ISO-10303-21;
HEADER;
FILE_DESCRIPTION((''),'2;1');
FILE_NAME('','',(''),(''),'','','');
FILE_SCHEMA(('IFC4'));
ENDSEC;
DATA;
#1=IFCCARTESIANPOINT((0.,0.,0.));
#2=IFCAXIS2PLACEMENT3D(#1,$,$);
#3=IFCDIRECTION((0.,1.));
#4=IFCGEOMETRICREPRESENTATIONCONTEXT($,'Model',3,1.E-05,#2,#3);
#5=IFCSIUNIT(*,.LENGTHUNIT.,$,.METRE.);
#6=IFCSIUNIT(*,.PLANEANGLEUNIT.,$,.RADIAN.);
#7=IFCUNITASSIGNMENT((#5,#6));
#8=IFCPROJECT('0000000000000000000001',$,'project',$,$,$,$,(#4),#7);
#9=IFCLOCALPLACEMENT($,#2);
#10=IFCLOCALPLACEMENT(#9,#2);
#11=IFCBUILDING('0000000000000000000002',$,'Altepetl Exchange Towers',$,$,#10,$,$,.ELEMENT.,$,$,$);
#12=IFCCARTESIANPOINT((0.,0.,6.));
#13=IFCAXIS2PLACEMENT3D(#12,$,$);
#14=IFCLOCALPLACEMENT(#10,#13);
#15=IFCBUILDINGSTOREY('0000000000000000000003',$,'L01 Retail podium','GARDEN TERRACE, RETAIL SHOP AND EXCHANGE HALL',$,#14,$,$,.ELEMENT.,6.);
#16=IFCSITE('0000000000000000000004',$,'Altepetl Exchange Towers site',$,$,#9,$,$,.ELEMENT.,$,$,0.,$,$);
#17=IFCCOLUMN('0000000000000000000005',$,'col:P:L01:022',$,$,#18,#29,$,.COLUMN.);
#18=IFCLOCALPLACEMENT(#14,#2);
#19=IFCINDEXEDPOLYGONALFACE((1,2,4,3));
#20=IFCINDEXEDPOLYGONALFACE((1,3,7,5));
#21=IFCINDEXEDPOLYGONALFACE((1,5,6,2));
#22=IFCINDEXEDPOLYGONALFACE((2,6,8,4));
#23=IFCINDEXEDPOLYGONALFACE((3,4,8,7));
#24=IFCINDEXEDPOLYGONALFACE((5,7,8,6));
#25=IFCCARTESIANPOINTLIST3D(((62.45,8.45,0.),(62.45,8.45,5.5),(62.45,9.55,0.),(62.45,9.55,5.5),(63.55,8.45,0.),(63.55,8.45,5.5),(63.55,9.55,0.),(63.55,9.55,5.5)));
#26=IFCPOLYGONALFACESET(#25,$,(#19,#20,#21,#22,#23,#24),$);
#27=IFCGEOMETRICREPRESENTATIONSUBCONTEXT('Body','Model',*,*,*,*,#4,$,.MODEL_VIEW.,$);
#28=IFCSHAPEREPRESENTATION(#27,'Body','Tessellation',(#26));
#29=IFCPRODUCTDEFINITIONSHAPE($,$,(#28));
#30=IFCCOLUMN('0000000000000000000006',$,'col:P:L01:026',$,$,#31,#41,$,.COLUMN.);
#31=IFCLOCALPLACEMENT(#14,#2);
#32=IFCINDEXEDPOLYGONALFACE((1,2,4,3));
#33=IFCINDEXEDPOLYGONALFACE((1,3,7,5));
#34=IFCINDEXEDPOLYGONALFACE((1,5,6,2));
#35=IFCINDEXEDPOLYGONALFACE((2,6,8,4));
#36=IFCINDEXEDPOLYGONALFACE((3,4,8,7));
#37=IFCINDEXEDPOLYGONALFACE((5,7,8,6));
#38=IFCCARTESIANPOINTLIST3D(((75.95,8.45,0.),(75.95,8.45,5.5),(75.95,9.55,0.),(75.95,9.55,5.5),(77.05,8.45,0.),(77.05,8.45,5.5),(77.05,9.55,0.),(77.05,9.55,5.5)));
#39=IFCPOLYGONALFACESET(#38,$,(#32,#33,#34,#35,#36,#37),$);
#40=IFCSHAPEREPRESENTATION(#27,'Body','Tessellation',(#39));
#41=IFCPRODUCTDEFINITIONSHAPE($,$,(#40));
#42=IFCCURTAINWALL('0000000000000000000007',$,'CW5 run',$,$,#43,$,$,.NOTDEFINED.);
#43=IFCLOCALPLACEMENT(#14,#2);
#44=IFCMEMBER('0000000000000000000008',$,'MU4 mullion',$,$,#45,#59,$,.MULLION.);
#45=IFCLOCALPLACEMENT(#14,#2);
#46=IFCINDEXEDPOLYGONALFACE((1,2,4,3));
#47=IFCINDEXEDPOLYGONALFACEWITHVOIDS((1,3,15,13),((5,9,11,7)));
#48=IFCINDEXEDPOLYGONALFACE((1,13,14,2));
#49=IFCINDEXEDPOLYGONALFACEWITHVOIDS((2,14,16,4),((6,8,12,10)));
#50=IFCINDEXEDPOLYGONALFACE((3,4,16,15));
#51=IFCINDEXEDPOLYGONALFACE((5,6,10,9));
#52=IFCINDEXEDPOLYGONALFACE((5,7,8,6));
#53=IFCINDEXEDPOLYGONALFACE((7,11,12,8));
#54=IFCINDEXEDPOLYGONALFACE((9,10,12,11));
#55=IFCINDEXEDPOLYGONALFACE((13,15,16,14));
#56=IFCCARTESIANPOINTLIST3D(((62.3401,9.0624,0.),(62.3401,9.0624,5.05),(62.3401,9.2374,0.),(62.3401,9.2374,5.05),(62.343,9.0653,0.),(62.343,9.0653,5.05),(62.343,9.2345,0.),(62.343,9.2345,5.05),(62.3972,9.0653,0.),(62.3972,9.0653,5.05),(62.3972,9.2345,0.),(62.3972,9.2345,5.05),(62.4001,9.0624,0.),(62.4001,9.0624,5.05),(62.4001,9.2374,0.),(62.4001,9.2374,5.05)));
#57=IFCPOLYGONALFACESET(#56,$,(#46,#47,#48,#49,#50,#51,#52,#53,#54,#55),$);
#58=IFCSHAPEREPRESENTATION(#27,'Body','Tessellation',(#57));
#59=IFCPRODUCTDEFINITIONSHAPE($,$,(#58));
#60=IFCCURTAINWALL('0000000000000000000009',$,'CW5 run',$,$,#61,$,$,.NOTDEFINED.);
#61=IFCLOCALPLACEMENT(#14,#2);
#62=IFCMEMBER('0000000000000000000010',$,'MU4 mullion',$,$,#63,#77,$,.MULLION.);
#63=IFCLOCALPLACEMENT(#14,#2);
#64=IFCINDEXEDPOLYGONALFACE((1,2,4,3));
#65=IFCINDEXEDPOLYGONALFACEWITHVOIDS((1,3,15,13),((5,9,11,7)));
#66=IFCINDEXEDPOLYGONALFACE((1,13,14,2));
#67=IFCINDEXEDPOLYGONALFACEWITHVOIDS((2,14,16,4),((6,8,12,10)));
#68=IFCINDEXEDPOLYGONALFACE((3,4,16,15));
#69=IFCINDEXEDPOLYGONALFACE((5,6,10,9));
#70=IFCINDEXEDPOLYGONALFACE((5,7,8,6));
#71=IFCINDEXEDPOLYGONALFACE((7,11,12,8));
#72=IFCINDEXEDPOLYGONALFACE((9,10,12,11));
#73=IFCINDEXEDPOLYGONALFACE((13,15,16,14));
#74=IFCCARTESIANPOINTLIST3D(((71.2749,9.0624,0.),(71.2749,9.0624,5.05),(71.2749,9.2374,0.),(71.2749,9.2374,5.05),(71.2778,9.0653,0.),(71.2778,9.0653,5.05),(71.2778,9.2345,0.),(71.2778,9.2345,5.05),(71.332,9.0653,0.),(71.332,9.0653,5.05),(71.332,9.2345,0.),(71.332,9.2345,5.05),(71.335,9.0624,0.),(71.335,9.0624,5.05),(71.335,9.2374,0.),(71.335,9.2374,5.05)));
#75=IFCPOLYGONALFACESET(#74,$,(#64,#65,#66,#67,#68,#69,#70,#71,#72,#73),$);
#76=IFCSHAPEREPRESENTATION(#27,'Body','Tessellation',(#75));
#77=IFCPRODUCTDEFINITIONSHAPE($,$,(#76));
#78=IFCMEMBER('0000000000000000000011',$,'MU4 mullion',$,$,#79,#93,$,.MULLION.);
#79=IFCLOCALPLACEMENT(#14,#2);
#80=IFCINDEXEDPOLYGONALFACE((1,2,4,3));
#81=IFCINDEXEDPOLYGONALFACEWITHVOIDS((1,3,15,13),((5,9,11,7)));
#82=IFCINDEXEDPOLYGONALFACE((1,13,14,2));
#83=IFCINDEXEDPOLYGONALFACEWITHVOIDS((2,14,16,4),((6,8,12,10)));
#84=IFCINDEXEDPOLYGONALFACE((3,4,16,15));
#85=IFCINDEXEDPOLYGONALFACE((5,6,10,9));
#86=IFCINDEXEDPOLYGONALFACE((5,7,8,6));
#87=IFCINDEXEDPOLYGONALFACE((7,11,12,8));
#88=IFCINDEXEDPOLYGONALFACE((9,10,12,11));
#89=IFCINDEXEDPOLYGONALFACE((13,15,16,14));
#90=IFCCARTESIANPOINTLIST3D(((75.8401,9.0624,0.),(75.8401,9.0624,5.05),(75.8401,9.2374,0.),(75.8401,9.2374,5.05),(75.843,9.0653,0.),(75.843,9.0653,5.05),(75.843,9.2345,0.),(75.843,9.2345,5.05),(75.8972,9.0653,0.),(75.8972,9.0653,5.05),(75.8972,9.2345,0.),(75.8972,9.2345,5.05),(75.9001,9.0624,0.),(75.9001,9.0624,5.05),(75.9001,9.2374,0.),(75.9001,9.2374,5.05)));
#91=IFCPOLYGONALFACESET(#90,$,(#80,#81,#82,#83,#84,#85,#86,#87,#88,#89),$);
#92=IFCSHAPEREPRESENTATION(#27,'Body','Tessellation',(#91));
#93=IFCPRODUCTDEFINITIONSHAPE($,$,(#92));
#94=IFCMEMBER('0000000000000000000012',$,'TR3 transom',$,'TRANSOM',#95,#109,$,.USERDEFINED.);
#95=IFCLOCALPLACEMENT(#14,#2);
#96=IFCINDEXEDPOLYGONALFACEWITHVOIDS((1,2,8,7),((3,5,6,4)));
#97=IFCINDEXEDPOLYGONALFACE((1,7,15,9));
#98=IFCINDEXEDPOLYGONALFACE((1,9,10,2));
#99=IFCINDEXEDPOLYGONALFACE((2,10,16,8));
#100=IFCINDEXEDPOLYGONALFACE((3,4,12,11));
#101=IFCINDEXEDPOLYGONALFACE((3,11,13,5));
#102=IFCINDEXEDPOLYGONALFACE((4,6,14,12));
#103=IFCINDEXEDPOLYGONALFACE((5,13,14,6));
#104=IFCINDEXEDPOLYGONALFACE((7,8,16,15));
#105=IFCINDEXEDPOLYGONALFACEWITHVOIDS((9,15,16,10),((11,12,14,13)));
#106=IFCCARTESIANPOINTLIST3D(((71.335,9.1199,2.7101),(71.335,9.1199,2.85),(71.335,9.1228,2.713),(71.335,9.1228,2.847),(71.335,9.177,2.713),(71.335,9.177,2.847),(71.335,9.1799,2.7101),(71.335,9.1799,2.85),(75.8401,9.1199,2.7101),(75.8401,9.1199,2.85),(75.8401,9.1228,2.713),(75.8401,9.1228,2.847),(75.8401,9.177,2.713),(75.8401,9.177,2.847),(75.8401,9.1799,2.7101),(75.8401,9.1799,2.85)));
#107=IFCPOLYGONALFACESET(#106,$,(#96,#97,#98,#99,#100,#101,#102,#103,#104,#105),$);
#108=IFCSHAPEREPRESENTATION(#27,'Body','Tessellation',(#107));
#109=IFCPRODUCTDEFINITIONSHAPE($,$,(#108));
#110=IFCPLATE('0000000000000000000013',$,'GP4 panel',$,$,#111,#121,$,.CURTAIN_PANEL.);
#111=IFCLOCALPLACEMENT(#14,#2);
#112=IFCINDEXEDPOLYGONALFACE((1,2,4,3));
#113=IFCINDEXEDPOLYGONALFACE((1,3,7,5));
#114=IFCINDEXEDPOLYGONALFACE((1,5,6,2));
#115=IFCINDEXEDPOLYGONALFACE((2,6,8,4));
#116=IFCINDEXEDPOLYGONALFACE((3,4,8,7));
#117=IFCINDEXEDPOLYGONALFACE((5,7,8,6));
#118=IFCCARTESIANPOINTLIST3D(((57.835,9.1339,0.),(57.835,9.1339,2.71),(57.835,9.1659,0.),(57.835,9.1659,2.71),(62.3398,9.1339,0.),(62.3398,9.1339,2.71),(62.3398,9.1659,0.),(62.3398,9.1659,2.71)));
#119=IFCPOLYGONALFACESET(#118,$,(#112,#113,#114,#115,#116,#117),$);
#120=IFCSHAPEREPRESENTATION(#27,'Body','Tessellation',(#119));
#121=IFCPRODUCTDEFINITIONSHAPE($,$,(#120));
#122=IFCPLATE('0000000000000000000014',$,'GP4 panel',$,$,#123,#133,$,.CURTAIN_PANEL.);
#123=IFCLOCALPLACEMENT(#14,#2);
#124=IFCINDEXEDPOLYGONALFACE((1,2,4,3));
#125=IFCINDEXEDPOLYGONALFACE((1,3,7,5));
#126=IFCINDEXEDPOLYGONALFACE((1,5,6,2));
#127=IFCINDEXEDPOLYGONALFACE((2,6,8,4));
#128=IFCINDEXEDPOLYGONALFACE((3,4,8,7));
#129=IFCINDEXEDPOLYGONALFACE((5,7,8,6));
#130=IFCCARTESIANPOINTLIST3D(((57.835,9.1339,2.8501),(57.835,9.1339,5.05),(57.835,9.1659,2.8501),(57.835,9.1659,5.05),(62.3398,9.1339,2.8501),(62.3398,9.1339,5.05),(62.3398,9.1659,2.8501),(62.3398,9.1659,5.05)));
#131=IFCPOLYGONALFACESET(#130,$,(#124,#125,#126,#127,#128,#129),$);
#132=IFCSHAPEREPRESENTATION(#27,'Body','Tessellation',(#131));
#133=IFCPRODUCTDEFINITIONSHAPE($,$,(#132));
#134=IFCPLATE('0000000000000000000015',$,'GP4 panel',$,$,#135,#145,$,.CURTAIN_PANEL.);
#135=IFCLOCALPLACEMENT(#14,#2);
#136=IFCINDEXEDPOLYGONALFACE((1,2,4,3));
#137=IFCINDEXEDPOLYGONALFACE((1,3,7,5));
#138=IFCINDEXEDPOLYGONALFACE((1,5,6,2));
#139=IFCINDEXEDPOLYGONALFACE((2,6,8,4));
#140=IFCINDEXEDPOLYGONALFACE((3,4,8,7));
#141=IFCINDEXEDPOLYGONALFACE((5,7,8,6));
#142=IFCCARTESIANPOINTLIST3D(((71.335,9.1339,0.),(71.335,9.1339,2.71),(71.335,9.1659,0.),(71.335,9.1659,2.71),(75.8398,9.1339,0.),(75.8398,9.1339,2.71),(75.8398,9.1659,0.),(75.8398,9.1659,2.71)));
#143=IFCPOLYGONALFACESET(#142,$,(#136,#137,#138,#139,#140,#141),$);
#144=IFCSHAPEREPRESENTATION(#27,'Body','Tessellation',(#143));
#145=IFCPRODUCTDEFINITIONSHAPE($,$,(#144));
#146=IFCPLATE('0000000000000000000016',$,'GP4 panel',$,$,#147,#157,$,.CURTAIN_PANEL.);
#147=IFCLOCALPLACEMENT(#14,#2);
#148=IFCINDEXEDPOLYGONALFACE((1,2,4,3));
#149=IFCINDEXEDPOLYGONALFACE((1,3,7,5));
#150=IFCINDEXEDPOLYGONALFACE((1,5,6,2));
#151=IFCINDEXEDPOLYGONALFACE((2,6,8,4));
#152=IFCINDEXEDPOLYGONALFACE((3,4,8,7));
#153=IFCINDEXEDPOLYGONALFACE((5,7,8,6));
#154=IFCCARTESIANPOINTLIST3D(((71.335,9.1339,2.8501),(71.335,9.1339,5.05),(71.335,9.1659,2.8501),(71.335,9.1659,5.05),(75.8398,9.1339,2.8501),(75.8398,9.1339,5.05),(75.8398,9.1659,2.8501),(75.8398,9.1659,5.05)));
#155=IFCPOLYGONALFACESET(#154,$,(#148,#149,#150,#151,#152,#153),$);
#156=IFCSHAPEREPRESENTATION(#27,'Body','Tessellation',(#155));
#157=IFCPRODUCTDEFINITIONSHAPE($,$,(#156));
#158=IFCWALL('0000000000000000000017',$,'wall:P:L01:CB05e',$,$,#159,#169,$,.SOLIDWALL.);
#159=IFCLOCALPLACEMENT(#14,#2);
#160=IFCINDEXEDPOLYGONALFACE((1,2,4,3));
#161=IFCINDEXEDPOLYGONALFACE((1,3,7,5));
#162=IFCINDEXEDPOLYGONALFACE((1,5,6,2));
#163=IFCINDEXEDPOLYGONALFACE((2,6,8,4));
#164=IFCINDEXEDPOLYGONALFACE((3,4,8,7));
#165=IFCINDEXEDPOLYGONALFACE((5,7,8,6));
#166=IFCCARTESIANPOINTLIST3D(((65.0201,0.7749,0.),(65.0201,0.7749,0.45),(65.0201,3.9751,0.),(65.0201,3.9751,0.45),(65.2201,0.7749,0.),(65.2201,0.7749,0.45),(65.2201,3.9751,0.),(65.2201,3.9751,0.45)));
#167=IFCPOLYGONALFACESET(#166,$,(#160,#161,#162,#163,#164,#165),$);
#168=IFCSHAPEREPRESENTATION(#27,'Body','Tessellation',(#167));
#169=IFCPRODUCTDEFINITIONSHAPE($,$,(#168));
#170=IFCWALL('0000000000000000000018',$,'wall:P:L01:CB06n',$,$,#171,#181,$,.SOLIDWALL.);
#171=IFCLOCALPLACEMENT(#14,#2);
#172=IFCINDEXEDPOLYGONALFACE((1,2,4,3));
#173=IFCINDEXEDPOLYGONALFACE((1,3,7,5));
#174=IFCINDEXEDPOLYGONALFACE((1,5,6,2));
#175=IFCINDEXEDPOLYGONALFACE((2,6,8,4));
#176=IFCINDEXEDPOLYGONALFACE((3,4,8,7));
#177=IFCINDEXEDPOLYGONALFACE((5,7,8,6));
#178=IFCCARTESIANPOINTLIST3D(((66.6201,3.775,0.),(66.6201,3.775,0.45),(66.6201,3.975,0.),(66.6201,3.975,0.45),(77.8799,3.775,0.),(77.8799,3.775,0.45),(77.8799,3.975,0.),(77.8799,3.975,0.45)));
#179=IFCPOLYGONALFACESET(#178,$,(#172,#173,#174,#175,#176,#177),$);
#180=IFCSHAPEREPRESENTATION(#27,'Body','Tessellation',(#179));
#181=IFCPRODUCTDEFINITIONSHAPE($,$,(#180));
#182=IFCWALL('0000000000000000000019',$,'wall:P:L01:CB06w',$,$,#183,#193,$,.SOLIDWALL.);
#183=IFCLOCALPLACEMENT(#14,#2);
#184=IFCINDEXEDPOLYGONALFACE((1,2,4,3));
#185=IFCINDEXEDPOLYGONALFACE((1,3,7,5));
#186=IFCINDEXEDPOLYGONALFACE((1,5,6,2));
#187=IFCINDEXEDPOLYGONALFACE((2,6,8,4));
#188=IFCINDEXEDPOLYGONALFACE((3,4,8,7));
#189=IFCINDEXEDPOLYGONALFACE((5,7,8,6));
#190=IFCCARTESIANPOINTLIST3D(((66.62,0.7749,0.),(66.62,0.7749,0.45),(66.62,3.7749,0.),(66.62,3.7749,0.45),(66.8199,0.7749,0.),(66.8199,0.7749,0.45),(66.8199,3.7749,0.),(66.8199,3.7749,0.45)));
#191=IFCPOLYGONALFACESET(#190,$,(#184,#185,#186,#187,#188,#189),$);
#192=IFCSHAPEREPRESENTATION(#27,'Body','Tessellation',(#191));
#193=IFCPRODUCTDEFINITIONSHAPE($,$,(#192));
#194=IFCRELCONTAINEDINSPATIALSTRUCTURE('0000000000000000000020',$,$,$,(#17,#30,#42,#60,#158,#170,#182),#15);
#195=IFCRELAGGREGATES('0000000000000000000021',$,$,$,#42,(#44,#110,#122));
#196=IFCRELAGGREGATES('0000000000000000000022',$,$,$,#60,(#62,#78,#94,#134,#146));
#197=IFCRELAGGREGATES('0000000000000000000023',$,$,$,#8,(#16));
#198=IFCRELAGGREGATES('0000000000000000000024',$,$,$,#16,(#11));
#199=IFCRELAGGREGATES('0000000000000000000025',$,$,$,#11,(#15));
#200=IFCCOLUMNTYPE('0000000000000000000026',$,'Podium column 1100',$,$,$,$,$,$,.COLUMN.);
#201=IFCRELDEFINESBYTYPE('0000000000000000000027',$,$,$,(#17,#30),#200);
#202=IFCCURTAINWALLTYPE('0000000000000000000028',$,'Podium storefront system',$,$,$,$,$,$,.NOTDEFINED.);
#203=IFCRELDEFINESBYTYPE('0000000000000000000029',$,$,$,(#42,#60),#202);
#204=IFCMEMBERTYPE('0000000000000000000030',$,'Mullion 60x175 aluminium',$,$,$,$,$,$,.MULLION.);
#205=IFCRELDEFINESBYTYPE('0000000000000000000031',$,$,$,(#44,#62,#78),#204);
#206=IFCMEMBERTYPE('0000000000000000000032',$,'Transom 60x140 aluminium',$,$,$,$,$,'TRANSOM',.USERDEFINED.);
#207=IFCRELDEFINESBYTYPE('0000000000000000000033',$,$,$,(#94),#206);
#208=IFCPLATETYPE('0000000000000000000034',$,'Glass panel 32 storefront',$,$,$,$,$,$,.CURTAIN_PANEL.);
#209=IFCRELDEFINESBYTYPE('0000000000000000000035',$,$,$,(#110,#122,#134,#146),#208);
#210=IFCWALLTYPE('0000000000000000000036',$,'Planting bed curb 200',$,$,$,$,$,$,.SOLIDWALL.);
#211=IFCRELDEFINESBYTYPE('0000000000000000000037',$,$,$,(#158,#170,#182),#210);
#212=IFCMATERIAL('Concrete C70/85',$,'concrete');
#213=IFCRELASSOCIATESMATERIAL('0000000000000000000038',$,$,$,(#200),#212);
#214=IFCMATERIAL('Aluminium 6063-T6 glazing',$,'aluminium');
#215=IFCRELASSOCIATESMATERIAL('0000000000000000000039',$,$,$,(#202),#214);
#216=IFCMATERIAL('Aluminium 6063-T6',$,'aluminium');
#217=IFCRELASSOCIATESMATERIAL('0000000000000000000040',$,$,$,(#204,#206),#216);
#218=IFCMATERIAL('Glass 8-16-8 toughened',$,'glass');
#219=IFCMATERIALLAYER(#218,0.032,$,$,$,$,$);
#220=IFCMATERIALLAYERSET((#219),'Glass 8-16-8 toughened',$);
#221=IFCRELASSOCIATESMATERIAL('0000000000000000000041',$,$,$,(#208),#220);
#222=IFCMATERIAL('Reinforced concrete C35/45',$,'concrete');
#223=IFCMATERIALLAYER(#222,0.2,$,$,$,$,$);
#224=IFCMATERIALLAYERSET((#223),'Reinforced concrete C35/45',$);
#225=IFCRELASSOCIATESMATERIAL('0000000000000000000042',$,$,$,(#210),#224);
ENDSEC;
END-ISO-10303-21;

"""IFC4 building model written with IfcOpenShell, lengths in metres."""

from ifc_helpers import new_model, si_unit, direction, frame, frame_2d, origin, origin_2d, place, context, subcontext, project, spatial, rectangle, hollow_rectangle, extrude, material, layer, layer_set, material_profile, profile_set, type_object, element, aggregate, save


model = new_model("IFC4")

# Units and contexts
model_context = context("Model", 3, precision=1e-05, world=origin(), true_north=direction((0.0, 1.0)))
body_context = subcontext(model_context, "Body", "Model", "MODEL_VIEW")
ifc_project = project(units=[si_unit("LENGTHUNIT", "METRE"), si_unit("PLANEANGLEUNIT", "RADIAN")], contexts=[model_context])

# Site, building, storey
site_placement = place(None, origin())
site = spatial("IfcSite", under=ifc_project, at=site_placement, Name="Altepetl Exchange Towers site", CompositionType="ELEMENT", RefElevation=0.0)
building_placement = place(site_placement, origin())
building = spatial("IfcBuilding", under=site, at=building_placement, Name="Altepetl Exchange Towers", CompositionType="ELEMENT")
storey_placement = place(building_placement, frame((0.0, 0.0, 6.0)))
storey = spatial("IfcBuildingStorey", under=building, at=storey_placement, Name="L01 Retail podium", Description="GARDEN TERRACE, RETAIL SHOP AND EXCHANGE HALL", CompositionType="ELEMENT", Elevation=6.0)

# Columns
ifc_material_1 = material(Name="Concrete C70/85", Category="concrete")
ifc_material_profile_1 = material_profile(ifc_material_1, rectangle(XDim=1.1001, YDim=1.1001, at=origin_2d()), Name="1100 x 1100")
ifc_profile_set_1 = profile_set([ifc_material_profile_1], Name="Concrete C70/85")
column_type = type_object("IfcColumnType", Name="Podium column 1100", PredefinedType="COLUMN", material=ifc_profile_set_1)
for number, where, name in (
    (1, (63.0, 9.0, 0.0), "col:P:L01:022"),
    (2, (76.5, 9.0, 0.0), "col:P:L01:026"),
):
    element("IfcColumn", number, at=place(storey_placement, frame(where)), inside=storey, type_object=column_type, Name=name, PredefinedType="COLUMN", context=body_context, shape_type="SweptSolid", body=[
        extrude(rectangle(XDim=1.1001, YDim=1.1001, at=origin_2d()), origin(), (0.0, 0.0, 1.0), 5.5),
    ])

# Curtain wall, member
ifc_material_2 = material(Name="Aluminium 6063-T6 glazing", Category="aluminium")
curtain_wall_type = type_object("IfcCurtainWallType", Name="Podium storefront system", PredefinedType="NOTDEFINED", material=ifc_material_2)
curtain_wall_1_placement = place(storey_placement, origin())
curtain_wall_1 = element("IfcCurtainWall", 3, at=curtain_wall_1_placement, inside=storey, type_object=curtain_wall_type, Name="CW5 run", PredefinedType="NOTDEFINED")
ifc_material_3 = material(Name="Aluminium 6063-T6", Category="aluminium")
ifc_material_profile_2 = material_profile(ifc_material_3, hollow_rectangle(XDim=0.0601, YDim=0.175, WallThickness=0.0029, at=origin_2d()), Name="Mullion 60x175 aluminium")
ifc_profile_set_2 = profile_set([ifc_material_profile_2], Name="Aluminium 6063-T6")
member_type_1 = type_object("IfcMemberType", Name="Mullion 60x175 aluminium", PredefinedType="MULLION", material=ifc_profile_set_2)
member_1_placement = place(storey_placement, frame((62.3701, 9.1499, 0.0)))
member_1 = element("IfcMember", 4, at=member_1_placement, type_object=member_type_1, Name="MU4 mullion", PredefinedType="MULLION", context=body_context, shape_type="SweptSolid", body=[
    extrude(hollow_rectangle(XDim=0.0601, YDim=0.175, WallThickness=0.0029, at=origin_2d()), origin(), (0.0, 0.0, 1.0), 5.05),
])

# Curtain wall, members
curtain_wall_2_placement = place(storey_placement, origin())
curtain_wall_2 = element("IfcCurtainWall", 5, at=curtain_wall_2_placement, inside=storey, type_object=curtain_wall_type, Name="CW5 run", PredefinedType="NOTDEFINED")
member_2_placement = place(storey_placement, frame((71.3049, 9.1499, 0.0)))
member_2 = element("IfcMember", 6, at=member_2_placement, type_object=member_type_1, Name="MU4 mullion", PredefinedType="MULLION", context=body_context, shape_type="SweptSolid", body=[
    extrude(hollow_rectangle(XDim=0.0601, YDim=0.175, WallThickness=0.0029, at=origin_2d()), origin(), (0.0, 0.0, 1.0), 5.05),
])
member_3_placement = place(storey_placement, frame((75.8701, 9.1499, 0.0)))
member_3 = element("IfcMember", 7, at=member_3_placement, type_object=member_type_1, Name="MU4 mullion", PredefinedType="MULLION", context=body_context, shape_type="SweptSolid", body=[
    extrude(hollow_rectangle(XDim=0.0601, YDim=0.175, WallThickness=0.0029, at=origin_2d()), origin(), (0.0, 0.0, 1.0), 5.05),
])
ifc_material_profile_3 = material_profile(ifc_material_3, hollow_rectangle(XDim=0.0601, YDim=0.1399, WallThickness=0.0029, at=origin_2d()), Name="Transom 60x140 aluminium")
ifc_profile_set_3 = profile_set([ifc_material_profile_3], Name="Aluminium 6063-T6")
member_type_2 = type_object("IfcMemberType", Name="Transom 60x140 aluminium", ElementType="TRANSOM", PredefinedType="USERDEFINED", material=ifc_profile_set_3)
member_4_placement = place(storey_placement, frame((71.335, 9.1499, 2.78), z_axis=(1.0, 0.0, 0.0), x_axis=(0.0, 1.0, 0.0)))
member_4 = element("IfcMember", 8, at=member_4_placement, type_object=member_type_2, Name="TR3 transom", ObjectType="TRANSOM", PredefinedType="USERDEFINED", context=body_context, shape_type="SweptSolid", body=[
    extrude(hollow_rectangle(XDim=0.0601, YDim=0.1399, WallThickness=0.0029, at=origin_2d()), origin(), (0.0, 0.0, 1.0), 4.5051),
])

# Plates
ifc_material_4 = material(Name="Glass 8-16-8 toughened", Category="glass")
ifc_layer_1 = layer(ifc_material_4, 0.032)
ifc_layer_set_1 = layer_set([ifc_layer_1], Name="Glass 8-16-8 toughened")
plate_type = type_object("IfcPlateType", Name="Glass panel 32 storefront", PredefinedType="CURTAIN_PANEL", material=ifc_layer_set_1)
plate_1_placement = place(storey_placement, frame((60.0874, 9.1499, 0.0)))
plate_1 = element("IfcPlate", 9, at=plate_1_placement, type_object=plate_type, Name="GP4 panel", PredefinedType="CURTAIN_PANEL", context=body_context, shape_type="SweptSolid", body=[
    extrude(rectangle(XDim=4.5049, YDim=0.032, at=origin_2d()), origin(), (0.0, 0.0, 1.0), 2.71),
])
plate_2_placement = place(storey_placement, frame((60.0874, 9.1499, 2.8501)))
plate_2 = element("IfcPlate", 10, at=plate_2_placement, type_object=plate_type, Name="GP4 panel", PredefinedType="CURTAIN_PANEL", context=body_context, shape_type="SweptSolid", body=[
    extrude(rectangle(XDim=4.5049, YDim=0.032, at=origin_2d()), origin(), (0.0, 0.0, 1.0), 2.2),
])
aggregate(curtain_wall_1, [member_1, plate_1, plate_2])
plate_3_placement = place(storey_placement, frame((73.5874, 9.1499, 0.0)))
plate_3 = element("IfcPlate", 11, at=plate_3_placement, type_object=plate_type, Name="GP4 panel", PredefinedType="CURTAIN_PANEL", context=body_context, shape_type="SweptSolid", body=[
    extrude(rectangle(XDim=4.5049, YDim=0.032, at=origin_2d()), origin(), (0.0, 0.0, 1.0), 2.71),
])
plate_4_placement = place(storey_placement, frame((73.5874, 9.1499, 2.8501)))
plate_4 = element("IfcPlate", 12, at=plate_4_placement, type_object=plate_type, Name="GP4 panel", PredefinedType="CURTAIN_PANEL", context=body_context, shape_type="SweptSolid", body=[
    extrude(rectangle(XDim=4.5049, YDim=0.032, at=origin_2d()), origin(), (0.0, 0.0, 1.0), 2.2),
])
aggregate(curtain_wall_2, [member_2, member_3, member_4, plate_3, plate_4])

# Walls
ifc_material_5 = material(Name="Reinforced concrete C35/45", Category="concrete")
ifc_layer_2 = layer(ifc_material_5, 0.2)
ifc_layer_set_2 = layer_set([ifc_layer_2], Name="Reinforced concrete C35/45")
wall_type_1 = type_object("IfcWallType", Name="Planting bed curb 200", PredefinedType="SOLIDWALL", material=ifc_layer_set_2)
wall_1_placement = place(storey_placement, frame((65.1201, 0.7749, 0.0), z_axis=(0.0, 0.0, 1.0), x_axis=(0.0, 1.0, 0.0)))
element("IfcWall", 13, at=wall_1_placement, inside=storey, type_object=wall_type_1, Name="wall:P:L01:CB05e", PredefinedType="SOLIDWALL", context=body_context, shape_type="SweptSolid", body=[
    extrude(rectangle(XDim=3.2002, YDim=0.2, at=frame_2d((1.6001, 0.0))), origin(), (0.0, 0.0, 1.0), 0.45),
])
wall_2_placement = place(storey_placement, frame((66.6201, 3.875, 0.0)))
element("IfcWall", 14, at=wall_2_placement, inside=storey, type_object=wall_type_1, Name="wall:P:L01:CB06n", PredefinedType="SOLIDWALL", context=body_context, shape_type="SweptSolid", body=[
    extrude(rectangle(XDim=11.2598, YDim=0.2, at=frame_2d((5.6299, 0.0))), origin(), (0.0, 0.0, 1.0), 0.45),
])
wall_3_placement = place(storey_placement, frame((66.72, 0.7749, 0.0), z_axis=(0.0, 0.0, 1.0), x_axis=(0.0, 1.0, 0.0)))
element("IfcWall", 15, at=wall_3_placement, inside=storey, type_object=wall_type_1, Name="wall:P:L01:CB06w", PredefinedType="SOLIDWALL", context=body_context, shape_type="SweptSolid", body=[
    extrude(rectangle(XDim=3.0, YDim=0.2, at=frame_2d((1.5, 0.0))), origin(), (0.0, 0.0, 1.0), 0.45),
])

save(model, "model.ifc")
